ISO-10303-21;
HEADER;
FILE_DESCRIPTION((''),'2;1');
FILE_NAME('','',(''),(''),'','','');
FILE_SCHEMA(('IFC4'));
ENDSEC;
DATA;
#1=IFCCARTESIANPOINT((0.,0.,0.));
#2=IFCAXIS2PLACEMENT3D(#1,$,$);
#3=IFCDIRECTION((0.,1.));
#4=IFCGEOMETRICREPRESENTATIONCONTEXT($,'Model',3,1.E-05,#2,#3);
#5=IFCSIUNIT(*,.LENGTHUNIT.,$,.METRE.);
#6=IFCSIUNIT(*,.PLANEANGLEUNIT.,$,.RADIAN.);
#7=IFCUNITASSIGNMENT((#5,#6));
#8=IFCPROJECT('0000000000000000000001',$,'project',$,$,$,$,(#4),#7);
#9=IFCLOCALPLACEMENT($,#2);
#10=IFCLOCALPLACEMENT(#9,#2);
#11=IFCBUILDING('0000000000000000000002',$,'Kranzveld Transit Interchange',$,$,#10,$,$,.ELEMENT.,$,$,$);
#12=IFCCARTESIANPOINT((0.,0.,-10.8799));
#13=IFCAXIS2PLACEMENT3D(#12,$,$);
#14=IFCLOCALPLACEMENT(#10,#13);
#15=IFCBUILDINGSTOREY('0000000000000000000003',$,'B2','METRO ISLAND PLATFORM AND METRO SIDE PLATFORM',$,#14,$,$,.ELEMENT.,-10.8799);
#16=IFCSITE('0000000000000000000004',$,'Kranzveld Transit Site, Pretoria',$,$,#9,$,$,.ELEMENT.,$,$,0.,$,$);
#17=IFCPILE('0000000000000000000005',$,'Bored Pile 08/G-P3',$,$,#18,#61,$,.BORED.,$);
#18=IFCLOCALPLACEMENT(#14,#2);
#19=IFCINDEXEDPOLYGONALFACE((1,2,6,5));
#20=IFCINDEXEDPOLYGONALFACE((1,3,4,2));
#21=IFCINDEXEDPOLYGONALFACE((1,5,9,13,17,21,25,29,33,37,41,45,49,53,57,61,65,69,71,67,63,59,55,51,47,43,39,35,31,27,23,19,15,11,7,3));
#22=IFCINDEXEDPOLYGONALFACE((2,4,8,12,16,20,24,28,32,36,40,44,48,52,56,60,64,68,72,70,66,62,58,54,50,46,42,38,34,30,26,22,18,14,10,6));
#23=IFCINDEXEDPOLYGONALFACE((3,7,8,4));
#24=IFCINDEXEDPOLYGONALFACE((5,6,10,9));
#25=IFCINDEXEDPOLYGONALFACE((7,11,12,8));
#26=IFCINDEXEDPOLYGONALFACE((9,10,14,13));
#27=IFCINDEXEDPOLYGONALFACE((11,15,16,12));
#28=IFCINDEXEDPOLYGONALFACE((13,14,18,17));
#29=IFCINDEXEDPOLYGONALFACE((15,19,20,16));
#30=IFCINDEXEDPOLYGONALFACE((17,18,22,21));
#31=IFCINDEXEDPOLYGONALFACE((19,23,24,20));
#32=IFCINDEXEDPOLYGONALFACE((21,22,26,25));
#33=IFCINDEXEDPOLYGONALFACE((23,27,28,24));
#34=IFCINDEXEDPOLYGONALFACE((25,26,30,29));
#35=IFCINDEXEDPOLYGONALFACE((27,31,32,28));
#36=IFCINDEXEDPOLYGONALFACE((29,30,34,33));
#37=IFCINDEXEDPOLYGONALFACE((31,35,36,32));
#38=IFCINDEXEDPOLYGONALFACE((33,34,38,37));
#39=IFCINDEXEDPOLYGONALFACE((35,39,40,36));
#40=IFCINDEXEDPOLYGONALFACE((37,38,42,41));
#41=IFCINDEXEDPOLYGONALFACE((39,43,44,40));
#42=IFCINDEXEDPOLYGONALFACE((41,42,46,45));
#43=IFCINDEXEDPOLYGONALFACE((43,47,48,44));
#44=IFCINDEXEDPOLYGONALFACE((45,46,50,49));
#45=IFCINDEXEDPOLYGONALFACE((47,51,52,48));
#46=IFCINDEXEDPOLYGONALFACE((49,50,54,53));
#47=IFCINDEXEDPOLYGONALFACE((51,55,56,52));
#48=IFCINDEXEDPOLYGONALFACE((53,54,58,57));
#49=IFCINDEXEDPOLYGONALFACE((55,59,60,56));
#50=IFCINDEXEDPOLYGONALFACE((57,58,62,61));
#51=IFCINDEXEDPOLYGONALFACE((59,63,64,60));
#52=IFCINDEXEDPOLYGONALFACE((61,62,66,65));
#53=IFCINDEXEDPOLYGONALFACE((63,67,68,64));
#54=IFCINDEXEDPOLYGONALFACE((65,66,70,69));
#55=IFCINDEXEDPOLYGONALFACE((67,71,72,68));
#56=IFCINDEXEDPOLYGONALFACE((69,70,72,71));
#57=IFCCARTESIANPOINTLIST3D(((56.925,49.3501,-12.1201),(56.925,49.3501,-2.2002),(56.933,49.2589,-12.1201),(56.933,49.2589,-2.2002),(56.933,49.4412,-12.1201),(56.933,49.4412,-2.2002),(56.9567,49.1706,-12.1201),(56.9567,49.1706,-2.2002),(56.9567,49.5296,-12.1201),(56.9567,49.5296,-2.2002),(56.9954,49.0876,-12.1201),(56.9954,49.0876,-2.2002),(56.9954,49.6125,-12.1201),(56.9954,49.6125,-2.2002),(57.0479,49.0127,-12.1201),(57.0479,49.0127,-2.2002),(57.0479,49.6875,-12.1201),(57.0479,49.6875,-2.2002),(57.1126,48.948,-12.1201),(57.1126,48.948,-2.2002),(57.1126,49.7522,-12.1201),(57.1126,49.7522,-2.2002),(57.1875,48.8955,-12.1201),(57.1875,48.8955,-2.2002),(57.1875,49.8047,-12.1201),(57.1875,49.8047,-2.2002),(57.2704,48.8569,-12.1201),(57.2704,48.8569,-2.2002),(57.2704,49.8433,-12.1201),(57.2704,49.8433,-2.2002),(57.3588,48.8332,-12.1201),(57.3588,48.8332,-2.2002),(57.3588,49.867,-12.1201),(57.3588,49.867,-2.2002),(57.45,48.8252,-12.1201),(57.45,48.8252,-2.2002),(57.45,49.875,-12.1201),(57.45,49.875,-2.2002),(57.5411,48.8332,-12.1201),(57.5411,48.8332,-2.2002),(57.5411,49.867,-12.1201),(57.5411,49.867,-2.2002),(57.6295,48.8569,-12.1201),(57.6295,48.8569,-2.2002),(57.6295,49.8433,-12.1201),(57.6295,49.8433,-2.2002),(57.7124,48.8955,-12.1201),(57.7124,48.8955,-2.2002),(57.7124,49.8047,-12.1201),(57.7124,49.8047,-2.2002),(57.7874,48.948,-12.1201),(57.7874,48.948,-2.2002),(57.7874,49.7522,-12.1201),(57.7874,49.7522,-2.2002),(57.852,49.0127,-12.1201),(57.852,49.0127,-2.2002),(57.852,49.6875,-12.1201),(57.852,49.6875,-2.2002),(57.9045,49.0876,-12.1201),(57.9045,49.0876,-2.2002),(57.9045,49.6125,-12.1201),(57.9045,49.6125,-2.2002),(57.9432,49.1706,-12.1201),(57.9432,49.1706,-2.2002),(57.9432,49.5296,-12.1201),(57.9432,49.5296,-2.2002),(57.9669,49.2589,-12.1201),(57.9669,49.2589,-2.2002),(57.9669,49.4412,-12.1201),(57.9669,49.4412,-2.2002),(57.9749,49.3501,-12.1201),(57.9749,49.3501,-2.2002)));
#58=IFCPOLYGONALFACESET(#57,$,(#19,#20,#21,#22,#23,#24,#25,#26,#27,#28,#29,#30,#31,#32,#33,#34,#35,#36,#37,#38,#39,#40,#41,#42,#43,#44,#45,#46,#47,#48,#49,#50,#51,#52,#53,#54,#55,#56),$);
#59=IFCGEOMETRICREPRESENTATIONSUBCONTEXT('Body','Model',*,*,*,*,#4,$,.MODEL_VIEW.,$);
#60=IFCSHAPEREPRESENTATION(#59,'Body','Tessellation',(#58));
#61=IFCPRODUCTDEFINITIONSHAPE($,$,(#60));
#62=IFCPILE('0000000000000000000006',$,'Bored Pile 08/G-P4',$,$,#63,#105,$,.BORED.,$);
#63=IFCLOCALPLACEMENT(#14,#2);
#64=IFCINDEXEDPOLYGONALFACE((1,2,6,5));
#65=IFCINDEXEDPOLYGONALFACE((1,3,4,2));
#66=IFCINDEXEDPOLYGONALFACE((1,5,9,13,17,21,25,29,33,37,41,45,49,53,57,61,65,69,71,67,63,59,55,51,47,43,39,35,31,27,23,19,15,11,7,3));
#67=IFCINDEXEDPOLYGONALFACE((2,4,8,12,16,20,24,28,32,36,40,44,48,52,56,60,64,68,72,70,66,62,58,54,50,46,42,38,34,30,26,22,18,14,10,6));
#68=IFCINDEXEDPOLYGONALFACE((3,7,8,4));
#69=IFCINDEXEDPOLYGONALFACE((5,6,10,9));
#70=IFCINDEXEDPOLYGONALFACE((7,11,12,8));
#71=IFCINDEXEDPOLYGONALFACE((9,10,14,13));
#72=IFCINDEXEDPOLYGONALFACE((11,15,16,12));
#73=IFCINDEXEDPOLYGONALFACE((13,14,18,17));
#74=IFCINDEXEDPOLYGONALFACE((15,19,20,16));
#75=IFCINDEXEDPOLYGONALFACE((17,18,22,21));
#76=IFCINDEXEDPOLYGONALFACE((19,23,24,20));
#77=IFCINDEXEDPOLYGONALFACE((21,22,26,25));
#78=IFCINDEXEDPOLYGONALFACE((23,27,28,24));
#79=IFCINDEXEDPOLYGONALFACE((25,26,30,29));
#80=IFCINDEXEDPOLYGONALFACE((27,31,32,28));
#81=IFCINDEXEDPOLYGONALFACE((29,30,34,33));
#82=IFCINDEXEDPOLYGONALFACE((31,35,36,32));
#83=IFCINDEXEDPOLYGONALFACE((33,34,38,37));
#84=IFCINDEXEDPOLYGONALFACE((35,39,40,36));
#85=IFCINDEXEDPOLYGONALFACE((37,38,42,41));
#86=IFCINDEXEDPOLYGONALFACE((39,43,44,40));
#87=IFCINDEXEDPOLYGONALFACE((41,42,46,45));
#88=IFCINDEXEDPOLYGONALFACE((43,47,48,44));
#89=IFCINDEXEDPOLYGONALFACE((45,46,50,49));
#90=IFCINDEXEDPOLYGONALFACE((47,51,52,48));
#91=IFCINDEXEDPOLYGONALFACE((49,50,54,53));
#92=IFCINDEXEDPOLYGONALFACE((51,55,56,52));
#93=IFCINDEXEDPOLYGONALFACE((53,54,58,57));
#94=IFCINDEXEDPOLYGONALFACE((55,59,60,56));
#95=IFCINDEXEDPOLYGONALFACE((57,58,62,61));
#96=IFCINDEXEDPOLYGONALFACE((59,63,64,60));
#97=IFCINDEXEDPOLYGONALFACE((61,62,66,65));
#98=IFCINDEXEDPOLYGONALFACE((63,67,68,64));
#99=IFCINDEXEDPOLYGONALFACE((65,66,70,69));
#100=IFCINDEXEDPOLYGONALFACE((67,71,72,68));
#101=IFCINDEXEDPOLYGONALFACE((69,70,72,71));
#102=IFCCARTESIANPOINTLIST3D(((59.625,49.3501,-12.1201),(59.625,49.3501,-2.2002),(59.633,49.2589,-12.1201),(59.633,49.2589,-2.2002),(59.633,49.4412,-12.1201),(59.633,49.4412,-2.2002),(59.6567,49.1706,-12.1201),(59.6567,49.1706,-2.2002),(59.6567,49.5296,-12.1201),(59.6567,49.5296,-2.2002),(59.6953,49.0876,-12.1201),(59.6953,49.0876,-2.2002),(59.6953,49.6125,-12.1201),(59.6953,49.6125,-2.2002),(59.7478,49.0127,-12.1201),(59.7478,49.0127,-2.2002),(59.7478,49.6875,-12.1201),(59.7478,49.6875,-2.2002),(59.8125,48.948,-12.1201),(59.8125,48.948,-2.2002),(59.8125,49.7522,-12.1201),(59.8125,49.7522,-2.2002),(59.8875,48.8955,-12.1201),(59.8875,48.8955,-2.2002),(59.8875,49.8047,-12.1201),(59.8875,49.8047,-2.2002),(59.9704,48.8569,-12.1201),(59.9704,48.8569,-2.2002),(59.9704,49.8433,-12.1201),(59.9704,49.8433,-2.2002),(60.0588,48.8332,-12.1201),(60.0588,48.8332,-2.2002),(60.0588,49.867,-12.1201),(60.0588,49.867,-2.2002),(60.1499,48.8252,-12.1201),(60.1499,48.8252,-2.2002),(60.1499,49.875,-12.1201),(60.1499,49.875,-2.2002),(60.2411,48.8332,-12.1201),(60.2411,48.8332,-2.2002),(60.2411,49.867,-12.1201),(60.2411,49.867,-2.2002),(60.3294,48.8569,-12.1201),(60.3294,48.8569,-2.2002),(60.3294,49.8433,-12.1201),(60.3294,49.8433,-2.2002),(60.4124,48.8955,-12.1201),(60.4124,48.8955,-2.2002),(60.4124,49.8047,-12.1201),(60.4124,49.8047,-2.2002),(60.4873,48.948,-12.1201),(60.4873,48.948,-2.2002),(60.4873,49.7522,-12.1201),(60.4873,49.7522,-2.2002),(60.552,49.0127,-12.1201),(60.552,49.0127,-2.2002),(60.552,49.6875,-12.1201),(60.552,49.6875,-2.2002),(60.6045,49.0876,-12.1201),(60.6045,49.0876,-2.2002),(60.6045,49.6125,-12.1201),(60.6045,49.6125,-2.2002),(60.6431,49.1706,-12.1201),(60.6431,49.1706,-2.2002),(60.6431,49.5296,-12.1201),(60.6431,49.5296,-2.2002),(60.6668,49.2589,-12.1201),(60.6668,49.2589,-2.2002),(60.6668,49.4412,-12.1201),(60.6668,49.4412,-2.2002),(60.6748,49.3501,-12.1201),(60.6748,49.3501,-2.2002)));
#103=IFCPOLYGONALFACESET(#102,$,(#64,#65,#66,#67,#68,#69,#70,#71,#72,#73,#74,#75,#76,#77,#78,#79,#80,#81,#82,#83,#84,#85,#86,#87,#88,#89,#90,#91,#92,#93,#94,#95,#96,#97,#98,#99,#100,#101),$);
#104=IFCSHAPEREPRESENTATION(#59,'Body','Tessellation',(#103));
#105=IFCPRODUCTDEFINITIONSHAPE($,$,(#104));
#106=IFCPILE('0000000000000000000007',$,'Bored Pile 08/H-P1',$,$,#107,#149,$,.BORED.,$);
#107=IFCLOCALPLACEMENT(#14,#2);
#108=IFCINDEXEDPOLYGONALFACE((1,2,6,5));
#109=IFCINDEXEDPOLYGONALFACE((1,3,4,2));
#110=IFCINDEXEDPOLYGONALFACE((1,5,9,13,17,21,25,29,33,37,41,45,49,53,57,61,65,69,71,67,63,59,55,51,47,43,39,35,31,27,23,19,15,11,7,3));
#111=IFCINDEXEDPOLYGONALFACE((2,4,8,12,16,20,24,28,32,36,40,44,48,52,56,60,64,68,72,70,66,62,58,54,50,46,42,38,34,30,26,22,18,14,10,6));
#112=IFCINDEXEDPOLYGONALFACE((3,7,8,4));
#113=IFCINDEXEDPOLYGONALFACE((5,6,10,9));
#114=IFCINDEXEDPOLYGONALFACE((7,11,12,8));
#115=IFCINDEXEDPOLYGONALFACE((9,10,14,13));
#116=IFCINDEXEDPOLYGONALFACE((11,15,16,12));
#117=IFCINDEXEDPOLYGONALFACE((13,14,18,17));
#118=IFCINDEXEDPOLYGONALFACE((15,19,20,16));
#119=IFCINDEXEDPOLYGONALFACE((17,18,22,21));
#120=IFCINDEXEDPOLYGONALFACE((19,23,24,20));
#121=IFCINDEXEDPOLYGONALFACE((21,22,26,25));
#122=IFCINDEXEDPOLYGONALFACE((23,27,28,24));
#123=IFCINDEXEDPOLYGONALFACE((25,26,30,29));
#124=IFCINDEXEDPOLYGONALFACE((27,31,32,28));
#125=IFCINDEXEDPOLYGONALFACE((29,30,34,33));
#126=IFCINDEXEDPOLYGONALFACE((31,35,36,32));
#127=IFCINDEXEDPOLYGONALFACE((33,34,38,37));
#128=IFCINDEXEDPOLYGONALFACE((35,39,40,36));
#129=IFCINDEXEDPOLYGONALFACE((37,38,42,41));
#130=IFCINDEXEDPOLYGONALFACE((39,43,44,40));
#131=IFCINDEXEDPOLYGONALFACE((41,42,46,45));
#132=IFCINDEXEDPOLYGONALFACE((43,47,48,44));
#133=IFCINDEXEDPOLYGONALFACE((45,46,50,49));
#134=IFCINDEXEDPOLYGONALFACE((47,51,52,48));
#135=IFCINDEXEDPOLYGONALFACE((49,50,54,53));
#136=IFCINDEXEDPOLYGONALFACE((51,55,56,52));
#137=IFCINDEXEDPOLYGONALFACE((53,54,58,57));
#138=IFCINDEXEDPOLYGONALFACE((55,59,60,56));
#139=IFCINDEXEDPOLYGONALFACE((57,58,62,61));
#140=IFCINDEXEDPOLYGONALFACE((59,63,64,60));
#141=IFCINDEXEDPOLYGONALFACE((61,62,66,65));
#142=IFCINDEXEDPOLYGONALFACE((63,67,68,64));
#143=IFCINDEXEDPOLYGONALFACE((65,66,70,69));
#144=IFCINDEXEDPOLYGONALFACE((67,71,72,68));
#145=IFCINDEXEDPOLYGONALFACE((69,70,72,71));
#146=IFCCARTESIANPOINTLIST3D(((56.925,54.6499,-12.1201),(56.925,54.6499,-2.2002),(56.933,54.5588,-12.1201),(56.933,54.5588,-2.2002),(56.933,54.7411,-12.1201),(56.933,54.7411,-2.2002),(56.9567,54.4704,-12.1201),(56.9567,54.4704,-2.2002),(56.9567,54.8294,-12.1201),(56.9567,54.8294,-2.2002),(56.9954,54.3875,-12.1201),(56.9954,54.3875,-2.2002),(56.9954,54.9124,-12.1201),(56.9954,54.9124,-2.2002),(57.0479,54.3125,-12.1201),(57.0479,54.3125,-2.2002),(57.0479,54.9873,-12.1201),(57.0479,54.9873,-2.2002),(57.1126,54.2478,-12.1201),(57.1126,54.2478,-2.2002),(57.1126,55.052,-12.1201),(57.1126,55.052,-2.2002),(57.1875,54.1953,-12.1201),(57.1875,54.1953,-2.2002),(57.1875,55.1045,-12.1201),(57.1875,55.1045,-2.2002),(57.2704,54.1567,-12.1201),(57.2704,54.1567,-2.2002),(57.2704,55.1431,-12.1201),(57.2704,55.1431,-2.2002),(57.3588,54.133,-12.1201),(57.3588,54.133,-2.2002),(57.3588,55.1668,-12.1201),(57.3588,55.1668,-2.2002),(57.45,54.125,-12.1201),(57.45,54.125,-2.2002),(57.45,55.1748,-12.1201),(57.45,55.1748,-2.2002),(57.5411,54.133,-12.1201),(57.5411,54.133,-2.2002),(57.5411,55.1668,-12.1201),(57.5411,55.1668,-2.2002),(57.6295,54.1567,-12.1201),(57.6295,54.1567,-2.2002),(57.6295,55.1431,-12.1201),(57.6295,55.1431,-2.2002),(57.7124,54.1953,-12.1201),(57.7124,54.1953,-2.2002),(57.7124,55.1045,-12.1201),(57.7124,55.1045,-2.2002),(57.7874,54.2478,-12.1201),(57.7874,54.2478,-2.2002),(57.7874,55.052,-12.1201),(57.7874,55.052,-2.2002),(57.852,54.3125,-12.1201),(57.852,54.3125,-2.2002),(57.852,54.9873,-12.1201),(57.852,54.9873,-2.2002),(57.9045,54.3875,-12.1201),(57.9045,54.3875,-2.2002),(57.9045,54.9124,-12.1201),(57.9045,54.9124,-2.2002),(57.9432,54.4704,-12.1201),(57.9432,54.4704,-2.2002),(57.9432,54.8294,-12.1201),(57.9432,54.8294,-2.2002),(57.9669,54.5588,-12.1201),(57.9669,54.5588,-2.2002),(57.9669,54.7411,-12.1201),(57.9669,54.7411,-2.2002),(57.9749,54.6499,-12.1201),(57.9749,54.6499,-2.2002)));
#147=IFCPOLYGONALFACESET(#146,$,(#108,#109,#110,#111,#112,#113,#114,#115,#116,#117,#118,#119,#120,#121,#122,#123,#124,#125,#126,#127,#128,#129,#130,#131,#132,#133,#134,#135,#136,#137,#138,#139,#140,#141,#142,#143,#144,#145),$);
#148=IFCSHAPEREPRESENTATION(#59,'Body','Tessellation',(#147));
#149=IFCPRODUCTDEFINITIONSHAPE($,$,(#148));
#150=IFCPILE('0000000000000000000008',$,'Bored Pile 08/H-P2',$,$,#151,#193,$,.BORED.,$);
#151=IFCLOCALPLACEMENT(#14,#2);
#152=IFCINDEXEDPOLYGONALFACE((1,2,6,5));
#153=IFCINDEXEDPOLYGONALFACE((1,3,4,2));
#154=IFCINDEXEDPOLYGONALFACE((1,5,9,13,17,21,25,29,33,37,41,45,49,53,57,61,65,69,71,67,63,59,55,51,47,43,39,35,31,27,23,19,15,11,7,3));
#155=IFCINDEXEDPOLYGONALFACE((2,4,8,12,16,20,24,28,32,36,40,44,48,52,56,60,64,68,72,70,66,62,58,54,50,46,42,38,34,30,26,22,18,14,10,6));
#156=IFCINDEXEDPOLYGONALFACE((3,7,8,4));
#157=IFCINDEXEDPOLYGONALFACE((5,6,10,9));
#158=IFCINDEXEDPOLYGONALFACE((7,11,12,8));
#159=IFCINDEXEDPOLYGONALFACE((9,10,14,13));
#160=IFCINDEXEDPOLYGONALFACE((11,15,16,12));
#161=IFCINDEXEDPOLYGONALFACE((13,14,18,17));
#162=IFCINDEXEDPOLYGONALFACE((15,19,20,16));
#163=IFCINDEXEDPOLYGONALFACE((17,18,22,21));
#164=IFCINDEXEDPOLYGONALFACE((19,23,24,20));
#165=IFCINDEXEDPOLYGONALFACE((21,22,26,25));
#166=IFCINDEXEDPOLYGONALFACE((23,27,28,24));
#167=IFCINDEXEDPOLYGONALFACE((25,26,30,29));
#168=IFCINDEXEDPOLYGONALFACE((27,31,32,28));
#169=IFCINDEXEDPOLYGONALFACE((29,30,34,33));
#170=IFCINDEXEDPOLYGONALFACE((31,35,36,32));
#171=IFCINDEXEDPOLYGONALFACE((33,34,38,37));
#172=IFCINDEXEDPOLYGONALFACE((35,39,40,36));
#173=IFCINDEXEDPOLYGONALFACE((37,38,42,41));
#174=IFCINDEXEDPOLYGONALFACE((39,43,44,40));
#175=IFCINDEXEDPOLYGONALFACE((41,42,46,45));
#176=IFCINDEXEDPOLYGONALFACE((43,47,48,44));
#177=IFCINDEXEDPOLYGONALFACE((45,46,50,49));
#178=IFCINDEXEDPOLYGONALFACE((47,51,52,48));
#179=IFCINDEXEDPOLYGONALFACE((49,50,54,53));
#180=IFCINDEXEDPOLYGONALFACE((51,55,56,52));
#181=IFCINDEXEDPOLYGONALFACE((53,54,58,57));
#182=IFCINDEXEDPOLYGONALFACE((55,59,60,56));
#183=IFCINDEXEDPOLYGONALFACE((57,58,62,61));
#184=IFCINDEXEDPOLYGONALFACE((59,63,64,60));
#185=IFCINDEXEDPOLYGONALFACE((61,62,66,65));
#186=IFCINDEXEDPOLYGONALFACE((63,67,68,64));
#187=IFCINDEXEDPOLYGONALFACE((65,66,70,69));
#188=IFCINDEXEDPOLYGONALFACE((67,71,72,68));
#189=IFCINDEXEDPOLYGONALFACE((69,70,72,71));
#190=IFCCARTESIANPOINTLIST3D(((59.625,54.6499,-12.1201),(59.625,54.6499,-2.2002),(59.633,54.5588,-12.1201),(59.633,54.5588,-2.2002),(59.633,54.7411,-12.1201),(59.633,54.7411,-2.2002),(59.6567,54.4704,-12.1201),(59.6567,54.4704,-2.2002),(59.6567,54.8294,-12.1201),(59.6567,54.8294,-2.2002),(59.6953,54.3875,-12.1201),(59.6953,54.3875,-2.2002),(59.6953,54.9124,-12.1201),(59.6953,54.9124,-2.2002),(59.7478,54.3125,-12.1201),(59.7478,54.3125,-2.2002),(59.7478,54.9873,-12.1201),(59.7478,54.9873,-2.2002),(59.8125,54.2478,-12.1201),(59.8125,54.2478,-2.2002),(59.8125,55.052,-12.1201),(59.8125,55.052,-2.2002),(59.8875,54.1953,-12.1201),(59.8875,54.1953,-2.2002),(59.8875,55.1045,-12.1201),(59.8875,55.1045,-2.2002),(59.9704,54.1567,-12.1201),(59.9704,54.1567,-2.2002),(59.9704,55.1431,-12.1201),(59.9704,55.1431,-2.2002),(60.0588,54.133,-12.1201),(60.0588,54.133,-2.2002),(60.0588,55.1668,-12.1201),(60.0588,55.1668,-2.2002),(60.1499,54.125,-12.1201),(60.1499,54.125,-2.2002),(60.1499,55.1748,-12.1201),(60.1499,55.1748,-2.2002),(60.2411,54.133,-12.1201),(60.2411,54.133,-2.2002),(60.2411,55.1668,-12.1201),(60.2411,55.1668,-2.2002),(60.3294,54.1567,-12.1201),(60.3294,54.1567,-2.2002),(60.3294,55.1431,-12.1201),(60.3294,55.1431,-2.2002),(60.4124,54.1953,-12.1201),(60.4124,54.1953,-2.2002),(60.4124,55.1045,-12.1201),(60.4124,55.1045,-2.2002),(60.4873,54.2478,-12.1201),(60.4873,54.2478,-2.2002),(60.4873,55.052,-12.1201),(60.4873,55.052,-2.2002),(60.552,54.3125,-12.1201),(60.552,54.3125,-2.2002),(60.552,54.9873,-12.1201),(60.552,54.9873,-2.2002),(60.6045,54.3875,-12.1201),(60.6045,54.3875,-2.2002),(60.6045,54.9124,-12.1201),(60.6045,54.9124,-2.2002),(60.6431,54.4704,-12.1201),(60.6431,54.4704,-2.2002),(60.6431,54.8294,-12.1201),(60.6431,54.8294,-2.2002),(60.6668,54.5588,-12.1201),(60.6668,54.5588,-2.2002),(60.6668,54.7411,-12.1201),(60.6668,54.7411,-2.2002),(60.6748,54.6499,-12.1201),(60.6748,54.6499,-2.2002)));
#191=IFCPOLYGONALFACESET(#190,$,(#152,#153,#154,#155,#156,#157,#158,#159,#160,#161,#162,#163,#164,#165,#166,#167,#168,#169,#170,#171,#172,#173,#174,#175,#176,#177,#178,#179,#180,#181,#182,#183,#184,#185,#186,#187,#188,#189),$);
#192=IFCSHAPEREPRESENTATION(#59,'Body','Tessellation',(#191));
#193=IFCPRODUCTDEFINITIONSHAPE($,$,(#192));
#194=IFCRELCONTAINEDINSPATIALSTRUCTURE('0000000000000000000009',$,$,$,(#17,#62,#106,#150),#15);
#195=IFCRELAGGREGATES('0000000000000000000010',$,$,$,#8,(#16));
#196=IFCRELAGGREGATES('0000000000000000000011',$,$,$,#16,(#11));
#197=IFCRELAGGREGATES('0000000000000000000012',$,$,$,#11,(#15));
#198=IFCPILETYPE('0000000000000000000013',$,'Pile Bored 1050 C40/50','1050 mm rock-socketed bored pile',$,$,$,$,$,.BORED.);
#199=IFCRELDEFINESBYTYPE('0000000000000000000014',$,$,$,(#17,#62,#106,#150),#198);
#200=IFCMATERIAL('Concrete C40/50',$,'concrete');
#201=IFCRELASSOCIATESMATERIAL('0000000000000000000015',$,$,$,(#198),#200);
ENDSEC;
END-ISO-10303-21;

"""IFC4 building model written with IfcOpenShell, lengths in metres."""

from ifc_helpers import new_model, si_unit, direction, frame, origin, origin_2d, place, context, subcontext, project, spatial, circle, extrude, material, material_profile, profile_set, type_object, element, save


model = new_model("IFC4")

# Units and contexts
model_context = context("Model", 3, precision=1e-05, world=origin(), true_north=direction((0.0, 1.0)))
body_context = subcontext(model_context, "Body", "Model", "MODEL_VIEW")
ifc_project = project(units=[si_unit("LENGTHUNIT", "METRE"), si_unit("PLANEANGLEUNIT", "RADIAN")], contexts=[model_context])

# Site, building, storey
site_placement = place(None, origin())
site = spatial("IfcSite", under=ifc_project, at=site_placement, Name="Kranzveld Transit Site, Pretoria", CompositionType="ELEMENT", RefElevation=0.0)
building_placement = place(site_placement, origin())
building = spatial("IfcBuilding", under=site, at=building_placement, Name="Kranzveld Transit Interchange", CompositionType="ELEMENT")
storey_placement = place(building_placement, frame((0.0, 0.0, -10.8799)))
storey = spatial("IfcBuildingStorey", under=building, at=storey_placement, Name="B2", Description="METRO ISLAND PLATFORM AND METRO SIDE PLATFORM", CompositionType="ELEMENT", Elevation=-10.8799)

# Piles
ifc_material_1 = material(Name="Concrete C40/50", Category="concrete")
ifc_material_profile_1 = material_profile(ifc_material_1, circle(Radius=0.5249, at=origin_2d()), Name="BORED PILE 1050")
ifc_profile_set_1 = profile_set([ifc_material_profile_1], Name="Concrete C40/50")
pile_type = type_object("IfcPileType", Name="Pile Bored 1050 C40/50", Description="1050 mm rock-socketed bored pile", PredefinedType="BORED", material=ifc_profile_set_1)
for number, where, z_axis, x_axis, name in (
    (1, (57.45, 49.3501, -2.2002), (0.0, 0.0, -1.0), (1.0, 0.0, 0.0), "Bored Pile 08/G-P3"),
    (2, (60.1499, 49.3501, -2.2002), (0.0, 0.0, -1.0), (1.0, 0.0, 0.0), "Bored Pile 08/G-P4"),
    (3, (57.45, 54.6499, -2.2002), (0.0, 0.0, -1.0), (1.0, 0.0, 0.0), "Bored Pile 08/H-P1"),
    (4, (60.1499, 54.6499, -2.2002), (0.0, 0.0, -1.0), (1.0, 0.0, 0.0), "Bored Pile 08/H-P2"),
):
    element("IfcPile", number, at=place(storey_placement, frame(where, z_axis=z_axis, x_axis=x_axis)), inside=storey, type_object=pile_type, Name=name, PredefinedType="BORED", context=body_context, shape_type="SweptSolid", body=[
        extrude(circle(Radius=0.5249, at=origin_2d()), origin(), (0.0, 0.0, 1.0), 9.9199),
    ])

save(model, "model.ifc")
